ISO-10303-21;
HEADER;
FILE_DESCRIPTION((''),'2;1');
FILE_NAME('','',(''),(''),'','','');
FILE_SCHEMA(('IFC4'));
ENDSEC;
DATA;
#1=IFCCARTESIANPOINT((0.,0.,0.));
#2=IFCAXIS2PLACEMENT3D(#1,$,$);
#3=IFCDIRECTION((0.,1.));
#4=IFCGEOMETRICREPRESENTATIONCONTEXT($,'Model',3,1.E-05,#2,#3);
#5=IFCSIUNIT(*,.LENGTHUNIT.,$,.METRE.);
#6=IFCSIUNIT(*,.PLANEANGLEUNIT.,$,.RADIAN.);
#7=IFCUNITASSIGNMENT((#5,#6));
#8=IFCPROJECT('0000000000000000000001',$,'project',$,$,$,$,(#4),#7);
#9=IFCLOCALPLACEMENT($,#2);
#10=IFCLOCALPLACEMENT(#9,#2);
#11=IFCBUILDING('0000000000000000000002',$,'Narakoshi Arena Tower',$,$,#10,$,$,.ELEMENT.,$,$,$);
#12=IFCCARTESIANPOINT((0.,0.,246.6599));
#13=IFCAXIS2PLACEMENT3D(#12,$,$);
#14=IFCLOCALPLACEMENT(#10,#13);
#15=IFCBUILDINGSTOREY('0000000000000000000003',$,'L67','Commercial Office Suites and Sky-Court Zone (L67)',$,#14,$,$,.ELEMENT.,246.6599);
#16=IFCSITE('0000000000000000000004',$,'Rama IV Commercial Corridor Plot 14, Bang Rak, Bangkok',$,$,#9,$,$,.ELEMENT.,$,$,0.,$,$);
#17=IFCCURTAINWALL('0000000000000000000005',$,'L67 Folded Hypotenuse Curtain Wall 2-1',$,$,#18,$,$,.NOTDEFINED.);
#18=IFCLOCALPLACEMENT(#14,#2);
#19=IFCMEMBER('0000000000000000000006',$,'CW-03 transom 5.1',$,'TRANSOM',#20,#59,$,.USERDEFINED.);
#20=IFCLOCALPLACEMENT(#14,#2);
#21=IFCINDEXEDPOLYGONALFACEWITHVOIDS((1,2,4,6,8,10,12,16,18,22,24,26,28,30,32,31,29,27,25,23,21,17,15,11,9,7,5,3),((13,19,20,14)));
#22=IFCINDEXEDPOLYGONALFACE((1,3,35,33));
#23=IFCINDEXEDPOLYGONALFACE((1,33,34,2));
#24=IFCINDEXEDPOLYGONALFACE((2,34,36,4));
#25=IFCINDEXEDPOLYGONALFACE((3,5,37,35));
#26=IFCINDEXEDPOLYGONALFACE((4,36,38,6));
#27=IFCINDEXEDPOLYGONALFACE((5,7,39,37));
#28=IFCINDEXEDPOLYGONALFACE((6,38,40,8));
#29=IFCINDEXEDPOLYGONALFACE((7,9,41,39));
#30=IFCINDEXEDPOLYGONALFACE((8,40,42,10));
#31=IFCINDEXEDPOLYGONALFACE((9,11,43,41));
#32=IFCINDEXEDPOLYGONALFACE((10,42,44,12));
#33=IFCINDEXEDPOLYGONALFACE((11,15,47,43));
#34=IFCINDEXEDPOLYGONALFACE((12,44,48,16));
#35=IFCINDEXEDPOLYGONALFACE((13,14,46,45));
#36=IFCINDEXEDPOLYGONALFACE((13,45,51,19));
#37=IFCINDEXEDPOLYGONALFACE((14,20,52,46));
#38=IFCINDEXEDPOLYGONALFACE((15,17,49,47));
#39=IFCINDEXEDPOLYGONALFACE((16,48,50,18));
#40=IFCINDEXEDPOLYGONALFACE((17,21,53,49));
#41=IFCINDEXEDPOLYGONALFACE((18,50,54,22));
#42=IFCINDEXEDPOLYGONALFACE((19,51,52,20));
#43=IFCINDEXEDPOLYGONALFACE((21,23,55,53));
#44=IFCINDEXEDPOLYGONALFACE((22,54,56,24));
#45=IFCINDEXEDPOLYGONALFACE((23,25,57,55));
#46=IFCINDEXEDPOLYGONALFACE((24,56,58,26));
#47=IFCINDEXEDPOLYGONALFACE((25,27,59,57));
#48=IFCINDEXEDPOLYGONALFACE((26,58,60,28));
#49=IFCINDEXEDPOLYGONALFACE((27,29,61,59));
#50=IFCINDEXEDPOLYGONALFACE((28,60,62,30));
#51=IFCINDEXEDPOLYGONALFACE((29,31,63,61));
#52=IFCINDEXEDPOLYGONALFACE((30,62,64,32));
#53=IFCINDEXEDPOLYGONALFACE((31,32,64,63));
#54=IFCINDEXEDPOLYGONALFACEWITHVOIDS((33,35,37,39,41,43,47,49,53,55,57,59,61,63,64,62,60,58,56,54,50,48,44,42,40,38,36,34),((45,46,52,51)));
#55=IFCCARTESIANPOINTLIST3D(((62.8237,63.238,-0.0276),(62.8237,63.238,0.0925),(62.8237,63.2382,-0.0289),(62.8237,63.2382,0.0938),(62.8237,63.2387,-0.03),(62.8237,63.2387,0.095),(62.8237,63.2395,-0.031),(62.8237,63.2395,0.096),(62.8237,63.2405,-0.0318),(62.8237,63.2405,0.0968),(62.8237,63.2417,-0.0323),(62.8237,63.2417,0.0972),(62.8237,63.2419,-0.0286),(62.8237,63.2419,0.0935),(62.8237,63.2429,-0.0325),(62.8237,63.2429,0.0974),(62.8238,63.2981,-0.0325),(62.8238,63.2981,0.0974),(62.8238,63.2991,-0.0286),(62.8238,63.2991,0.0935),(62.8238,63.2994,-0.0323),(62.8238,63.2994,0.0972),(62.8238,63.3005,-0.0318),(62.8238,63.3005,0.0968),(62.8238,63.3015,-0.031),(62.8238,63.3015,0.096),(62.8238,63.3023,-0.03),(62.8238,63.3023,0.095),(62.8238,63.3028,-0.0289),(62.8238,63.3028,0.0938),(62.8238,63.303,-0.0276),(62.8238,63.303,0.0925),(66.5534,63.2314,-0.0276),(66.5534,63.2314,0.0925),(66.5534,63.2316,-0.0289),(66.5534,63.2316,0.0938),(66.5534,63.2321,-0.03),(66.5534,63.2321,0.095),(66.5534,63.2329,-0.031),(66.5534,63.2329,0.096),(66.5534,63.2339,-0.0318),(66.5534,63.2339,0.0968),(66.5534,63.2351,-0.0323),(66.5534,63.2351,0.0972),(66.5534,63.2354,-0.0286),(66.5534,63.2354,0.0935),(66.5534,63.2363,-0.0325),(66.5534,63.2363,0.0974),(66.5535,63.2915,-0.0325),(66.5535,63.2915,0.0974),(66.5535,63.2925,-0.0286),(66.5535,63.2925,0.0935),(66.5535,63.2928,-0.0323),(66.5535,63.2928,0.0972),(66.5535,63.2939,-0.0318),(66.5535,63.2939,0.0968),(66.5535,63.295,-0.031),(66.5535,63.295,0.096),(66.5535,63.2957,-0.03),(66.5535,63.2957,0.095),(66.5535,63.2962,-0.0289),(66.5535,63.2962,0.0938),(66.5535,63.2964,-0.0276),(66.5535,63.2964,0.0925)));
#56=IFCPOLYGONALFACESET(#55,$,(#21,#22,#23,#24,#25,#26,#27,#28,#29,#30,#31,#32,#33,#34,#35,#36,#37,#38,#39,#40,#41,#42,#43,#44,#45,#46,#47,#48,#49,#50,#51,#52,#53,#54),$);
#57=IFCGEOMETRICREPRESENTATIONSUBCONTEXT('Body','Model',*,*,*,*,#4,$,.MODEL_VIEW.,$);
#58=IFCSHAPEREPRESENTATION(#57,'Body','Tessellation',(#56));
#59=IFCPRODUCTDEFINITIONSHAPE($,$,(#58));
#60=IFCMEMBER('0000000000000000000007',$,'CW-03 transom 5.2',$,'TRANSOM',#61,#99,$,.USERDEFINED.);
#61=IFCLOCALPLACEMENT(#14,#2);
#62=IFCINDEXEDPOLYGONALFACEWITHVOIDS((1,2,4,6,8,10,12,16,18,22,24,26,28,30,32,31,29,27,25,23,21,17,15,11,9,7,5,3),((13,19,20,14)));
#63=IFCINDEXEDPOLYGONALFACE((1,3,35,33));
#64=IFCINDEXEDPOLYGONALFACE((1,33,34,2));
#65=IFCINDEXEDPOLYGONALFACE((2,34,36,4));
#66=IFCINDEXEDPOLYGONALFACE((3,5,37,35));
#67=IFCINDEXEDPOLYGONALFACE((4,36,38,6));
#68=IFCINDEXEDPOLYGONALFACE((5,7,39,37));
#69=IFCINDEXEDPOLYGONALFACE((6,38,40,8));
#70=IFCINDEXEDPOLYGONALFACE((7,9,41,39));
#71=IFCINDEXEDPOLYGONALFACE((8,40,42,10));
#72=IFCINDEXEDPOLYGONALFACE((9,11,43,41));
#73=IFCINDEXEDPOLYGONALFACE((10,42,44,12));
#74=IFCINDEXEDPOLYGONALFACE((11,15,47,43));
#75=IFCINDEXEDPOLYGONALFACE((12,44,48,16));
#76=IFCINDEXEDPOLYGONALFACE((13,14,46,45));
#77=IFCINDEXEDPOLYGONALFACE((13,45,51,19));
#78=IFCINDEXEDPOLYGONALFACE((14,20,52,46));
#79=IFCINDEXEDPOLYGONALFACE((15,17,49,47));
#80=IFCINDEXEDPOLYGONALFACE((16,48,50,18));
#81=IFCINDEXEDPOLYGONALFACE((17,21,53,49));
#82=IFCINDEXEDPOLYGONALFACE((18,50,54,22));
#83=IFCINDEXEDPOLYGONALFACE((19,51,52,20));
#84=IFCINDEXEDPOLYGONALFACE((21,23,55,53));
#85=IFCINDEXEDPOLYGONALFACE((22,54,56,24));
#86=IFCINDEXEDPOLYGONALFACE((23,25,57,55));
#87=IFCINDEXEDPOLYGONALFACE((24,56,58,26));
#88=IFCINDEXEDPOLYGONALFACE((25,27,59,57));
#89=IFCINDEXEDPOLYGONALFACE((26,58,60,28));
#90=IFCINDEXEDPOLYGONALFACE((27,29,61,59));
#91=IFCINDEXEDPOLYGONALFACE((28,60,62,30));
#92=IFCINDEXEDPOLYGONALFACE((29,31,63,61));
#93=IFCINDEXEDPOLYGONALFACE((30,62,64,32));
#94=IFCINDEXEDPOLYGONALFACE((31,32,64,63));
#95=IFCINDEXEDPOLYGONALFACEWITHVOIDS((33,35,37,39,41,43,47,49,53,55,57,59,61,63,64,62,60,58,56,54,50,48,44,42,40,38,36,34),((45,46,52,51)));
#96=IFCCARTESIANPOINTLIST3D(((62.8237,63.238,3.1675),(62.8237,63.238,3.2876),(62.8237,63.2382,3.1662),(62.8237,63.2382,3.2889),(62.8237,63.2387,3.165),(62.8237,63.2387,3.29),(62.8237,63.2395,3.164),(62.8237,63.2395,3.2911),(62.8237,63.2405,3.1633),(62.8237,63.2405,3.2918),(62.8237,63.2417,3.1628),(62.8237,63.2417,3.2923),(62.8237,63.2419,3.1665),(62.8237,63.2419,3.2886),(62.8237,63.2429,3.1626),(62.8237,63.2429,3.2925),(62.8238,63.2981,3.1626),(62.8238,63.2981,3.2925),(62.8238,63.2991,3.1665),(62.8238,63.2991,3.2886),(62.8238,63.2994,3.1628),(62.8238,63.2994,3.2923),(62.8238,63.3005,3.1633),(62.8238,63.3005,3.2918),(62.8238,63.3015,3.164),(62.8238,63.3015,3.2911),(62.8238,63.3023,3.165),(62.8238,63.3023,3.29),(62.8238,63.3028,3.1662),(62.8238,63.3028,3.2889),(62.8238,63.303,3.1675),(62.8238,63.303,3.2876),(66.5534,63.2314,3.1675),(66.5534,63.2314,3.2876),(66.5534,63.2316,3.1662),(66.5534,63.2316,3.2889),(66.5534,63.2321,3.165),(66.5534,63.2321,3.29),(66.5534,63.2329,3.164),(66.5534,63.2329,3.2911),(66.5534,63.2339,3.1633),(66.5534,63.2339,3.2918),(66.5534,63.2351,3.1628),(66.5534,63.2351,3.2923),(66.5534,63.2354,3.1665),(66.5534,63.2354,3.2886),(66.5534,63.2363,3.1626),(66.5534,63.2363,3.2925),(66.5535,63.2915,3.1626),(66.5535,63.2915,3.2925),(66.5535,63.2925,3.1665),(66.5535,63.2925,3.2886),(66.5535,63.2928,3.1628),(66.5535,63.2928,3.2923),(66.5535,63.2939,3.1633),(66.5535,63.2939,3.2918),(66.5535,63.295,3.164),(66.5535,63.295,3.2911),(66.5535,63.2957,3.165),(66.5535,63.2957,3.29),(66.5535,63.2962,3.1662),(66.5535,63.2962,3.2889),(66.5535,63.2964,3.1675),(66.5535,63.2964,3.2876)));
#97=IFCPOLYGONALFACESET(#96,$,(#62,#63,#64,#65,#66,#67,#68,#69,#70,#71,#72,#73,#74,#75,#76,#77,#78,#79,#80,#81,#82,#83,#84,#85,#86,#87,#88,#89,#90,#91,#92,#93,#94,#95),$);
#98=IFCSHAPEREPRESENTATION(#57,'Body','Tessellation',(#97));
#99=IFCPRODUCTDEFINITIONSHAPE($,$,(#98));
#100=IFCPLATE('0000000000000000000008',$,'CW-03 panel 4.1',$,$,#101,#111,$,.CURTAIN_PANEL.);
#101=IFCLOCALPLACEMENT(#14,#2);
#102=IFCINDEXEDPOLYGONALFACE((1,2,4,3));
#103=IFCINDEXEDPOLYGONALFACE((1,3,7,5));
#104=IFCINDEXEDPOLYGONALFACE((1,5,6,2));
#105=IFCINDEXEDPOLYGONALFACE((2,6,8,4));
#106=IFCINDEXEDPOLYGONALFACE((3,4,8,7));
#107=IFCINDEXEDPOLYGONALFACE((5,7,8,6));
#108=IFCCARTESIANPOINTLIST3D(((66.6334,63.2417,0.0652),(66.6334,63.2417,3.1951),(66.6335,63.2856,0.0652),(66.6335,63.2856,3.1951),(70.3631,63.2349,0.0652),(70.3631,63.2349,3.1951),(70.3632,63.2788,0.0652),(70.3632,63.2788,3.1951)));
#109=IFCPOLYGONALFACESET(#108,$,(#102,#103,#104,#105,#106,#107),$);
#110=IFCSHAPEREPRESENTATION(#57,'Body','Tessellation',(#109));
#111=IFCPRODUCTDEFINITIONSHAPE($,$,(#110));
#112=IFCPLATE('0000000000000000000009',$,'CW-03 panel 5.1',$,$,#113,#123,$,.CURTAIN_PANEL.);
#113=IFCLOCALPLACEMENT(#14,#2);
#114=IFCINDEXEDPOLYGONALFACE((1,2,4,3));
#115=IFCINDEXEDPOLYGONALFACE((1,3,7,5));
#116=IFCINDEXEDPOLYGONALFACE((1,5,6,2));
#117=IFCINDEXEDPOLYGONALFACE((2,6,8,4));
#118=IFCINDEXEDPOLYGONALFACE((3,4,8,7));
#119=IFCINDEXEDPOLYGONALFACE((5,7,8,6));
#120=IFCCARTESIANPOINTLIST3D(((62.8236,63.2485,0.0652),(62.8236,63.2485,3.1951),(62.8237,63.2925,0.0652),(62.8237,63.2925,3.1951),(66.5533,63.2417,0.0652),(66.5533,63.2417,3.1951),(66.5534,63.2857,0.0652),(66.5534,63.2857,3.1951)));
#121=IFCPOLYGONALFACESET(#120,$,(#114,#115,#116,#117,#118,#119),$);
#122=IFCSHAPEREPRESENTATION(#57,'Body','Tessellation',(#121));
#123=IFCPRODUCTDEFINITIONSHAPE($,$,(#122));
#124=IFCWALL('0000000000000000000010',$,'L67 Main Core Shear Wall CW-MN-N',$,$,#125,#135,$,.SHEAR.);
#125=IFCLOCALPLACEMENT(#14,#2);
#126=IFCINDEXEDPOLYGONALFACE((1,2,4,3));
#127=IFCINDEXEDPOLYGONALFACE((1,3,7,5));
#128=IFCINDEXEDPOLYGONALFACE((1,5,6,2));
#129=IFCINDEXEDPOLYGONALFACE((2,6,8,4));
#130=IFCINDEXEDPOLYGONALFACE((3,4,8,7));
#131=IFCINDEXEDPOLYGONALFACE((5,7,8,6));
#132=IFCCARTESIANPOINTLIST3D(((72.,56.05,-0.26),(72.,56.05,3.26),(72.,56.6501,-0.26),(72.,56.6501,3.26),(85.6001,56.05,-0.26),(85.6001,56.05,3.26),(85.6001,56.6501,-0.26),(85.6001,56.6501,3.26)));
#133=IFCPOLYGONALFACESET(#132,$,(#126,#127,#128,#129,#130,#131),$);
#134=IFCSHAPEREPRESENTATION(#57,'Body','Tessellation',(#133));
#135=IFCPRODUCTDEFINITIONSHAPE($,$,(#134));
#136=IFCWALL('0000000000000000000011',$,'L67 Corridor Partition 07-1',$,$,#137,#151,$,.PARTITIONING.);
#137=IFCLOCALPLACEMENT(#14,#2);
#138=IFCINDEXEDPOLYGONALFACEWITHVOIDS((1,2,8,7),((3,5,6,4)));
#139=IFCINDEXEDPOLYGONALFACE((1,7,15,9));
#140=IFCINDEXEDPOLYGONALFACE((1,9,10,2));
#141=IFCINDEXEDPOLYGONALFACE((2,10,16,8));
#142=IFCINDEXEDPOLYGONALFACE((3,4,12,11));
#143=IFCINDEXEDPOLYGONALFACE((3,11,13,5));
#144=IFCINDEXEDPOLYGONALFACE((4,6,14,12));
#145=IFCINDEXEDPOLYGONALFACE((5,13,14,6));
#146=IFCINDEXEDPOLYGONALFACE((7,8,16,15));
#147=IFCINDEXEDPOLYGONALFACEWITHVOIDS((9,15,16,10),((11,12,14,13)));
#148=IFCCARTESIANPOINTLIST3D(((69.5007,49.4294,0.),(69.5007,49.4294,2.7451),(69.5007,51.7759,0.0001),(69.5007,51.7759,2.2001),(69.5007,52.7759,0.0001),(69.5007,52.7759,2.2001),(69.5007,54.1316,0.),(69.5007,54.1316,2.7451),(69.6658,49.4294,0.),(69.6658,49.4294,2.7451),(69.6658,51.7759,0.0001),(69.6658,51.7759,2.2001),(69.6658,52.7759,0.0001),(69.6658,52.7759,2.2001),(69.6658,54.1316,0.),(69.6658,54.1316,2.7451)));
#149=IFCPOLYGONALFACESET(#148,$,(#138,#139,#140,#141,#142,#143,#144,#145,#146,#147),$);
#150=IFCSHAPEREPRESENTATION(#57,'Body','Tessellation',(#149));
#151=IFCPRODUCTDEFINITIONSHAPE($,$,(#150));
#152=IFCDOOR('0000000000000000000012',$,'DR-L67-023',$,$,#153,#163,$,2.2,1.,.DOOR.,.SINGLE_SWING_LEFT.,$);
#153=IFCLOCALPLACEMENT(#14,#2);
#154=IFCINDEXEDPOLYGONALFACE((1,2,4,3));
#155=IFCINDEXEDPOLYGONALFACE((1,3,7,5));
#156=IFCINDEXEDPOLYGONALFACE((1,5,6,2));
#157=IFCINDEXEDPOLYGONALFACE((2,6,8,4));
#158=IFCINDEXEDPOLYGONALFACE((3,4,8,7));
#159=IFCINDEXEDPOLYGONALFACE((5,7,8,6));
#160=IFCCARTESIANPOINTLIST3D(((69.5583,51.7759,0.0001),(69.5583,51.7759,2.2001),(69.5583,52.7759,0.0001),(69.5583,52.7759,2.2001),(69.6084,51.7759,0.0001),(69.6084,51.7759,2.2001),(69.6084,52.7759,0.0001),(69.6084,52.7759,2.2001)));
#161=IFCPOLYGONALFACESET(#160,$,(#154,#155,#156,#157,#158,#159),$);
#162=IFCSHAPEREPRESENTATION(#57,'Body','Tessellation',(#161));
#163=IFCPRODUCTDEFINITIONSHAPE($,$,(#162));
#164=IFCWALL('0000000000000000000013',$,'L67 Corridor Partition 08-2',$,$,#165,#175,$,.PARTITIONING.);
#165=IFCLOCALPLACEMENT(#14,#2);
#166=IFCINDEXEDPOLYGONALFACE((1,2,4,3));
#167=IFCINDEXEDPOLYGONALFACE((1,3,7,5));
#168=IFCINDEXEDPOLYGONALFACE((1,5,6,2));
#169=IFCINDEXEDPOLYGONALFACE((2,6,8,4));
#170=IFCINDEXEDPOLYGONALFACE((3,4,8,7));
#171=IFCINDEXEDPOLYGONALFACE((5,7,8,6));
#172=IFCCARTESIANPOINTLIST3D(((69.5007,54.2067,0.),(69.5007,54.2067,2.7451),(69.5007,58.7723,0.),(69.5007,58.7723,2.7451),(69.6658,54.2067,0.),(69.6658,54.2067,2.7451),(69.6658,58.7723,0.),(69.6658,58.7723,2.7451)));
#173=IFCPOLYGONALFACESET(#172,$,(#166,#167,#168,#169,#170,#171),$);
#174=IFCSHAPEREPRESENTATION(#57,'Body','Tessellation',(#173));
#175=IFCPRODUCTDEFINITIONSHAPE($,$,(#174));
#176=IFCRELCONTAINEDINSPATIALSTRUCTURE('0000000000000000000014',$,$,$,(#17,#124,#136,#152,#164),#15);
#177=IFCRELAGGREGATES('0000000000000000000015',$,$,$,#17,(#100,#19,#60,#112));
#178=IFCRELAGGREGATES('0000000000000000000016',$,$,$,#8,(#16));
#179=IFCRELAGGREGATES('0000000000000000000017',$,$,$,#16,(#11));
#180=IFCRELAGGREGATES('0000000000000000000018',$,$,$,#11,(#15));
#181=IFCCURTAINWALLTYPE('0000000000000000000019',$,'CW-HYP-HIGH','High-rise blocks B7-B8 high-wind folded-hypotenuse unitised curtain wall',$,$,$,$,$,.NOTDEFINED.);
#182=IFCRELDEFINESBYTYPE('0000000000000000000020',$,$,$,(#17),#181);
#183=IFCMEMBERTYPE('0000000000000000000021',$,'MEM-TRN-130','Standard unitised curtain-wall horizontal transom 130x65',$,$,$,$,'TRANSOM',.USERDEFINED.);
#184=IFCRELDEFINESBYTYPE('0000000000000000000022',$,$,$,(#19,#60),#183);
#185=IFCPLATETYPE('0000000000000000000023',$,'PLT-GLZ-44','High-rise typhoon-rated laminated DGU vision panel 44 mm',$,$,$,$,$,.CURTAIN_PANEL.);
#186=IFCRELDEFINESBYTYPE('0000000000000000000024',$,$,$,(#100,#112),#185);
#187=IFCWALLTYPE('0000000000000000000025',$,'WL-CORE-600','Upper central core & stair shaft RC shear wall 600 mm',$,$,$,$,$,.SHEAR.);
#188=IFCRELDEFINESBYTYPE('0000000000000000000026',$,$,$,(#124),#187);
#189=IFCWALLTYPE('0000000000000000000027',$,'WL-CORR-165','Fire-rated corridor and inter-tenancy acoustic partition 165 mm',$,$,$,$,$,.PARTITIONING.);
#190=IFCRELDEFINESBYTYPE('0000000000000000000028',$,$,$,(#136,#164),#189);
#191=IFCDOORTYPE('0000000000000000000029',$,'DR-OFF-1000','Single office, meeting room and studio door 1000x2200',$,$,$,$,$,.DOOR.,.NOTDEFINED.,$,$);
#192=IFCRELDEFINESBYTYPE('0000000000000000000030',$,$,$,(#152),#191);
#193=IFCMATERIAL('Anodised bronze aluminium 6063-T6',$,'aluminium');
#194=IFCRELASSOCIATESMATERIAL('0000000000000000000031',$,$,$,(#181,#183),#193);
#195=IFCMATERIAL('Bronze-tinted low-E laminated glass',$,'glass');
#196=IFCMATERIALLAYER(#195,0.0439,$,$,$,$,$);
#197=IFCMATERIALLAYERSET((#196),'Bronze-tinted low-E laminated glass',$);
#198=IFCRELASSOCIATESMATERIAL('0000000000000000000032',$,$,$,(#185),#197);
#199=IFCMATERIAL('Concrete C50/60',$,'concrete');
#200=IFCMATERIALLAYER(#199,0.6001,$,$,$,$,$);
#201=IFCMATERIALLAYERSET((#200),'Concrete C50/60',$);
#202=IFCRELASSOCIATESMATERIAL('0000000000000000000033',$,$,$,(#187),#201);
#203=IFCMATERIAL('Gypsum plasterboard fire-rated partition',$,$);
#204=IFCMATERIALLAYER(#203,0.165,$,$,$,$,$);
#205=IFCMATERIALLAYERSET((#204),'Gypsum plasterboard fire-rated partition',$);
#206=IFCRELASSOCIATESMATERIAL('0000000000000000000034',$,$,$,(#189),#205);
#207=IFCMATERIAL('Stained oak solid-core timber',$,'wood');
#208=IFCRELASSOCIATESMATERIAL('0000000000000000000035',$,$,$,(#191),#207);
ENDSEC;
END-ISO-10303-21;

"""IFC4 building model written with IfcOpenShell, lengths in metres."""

from ifc_helpers import new_model, si_unit, direction, frame, frame_2d, origin, origin_2d, place, context, subcontext, project, spatial, rectangle, hollow_rectangle, extrude, material, layer, layer_set, material_profile, profile_set, type_object, element, fill, aggregate, save


model = new_model("IFC4")

# Units and contexts
model_context = context("Model", 3, precision=1e-05, world=origin(), true_north=direction((0.0, 1.0)))
body_context = subcontext(model_context, "Body", "Model", "MODEL_VIEW")
ifc_project = project(units=[si_unit("LENGTHUNIT", "METRE"), si_unit("PLANEANGLEUNIT", "RADIAN")], contexts=[model_context])

# Site, building, storey
site_placement = place(None, origin())
site = spatial("IfcSite", under=ifc_project, at=site_placement, Name="Rama IV Commercial Corridor Plot 14, Bang Rak, Bangkok", CompositionType="ELEMENT", RefElevation=0.0)
building_placement = place(site_placement, origin())
building = spatial("IfcBuilding", under=site, at=building_placement, Name="Narakoshi Arena Tower", CompositionType="ELEMENT")
storey_placement = place(building_placement, frame((0.0, 0.0, 246.6599)))
storey = spatial("IfcBuildingStorey", under=building, at=storey_placement, Name="L67", Description="Commercial Office Suites and Sky-Court Zone (L67)", CompositionType="ELEMENT", Elevation=246.6599)

# Shared definitions
ifc_material_1 = material(Name="Concrete C50/60", Category="concrete")

# Curtain wall, members, plates
ifc_material_2 = material(Name="Anodised bronze aluminium 6063-T6", Category="aluminium")
curtain_wall_type = type_object("IfcCurtainWallType", Name="CW-HYP-HIGH", Description="High-rise blocks B7-B8 high-wind folded-hypotenuse unitised curtain wall", PredefinedType="NOTDEFINED", material=ifc_material_2)
curtain_wall_placement = place(storey_placement, origin())
curtain_wall = element("IfcCurtainWall", 1, at=curtain_wall_placement, inside=storey, type_object=curtain_wall_type, Name="L67 Folded Hypotenuse Curtain Wall 2-1", PredefinedType="NOTDEFINED")
ifc_material_profile_1 = material_profile(ifc_material_2, hollow_rectangle(XDim=0.0649, YDim=0.1299, WallThickness=0.0039, OuterFilletRadius=0.0049, at=origin_2d()), Name="TRN130x65x4")
ifc_profile_set_1 = profile_set([ifc_material_profile_1], Name="Anodised bronze aluminium 6063-T6")
member_type_1 = type_object("IfcMemberType", Name="MEM-TRN-130", Description="Standard unitised curtain-wall horizontal transom 130x65", ElementType="TRANSOM", PredefinedType="USERDEFINED", material=ifc_profile_set_1)
member_1_placement = place(storey_placement, frame((66.5535, 63.2639, 0.0325), z_axis=(-0.999998, 0.001767, 0.0), x_axis=(-0.001767, -0.999998, 0.0)))
member_1 = element("IfcMember", 2, at=member_1_placement, type_object=member_type_1, Name="CW-03 transom 5.1", ObjectType="TRANSOM", PredefinedType="USERDEFINED", context=body_context, shape_type="SweptSolid", body=[
    extrude(hollow_rectangle(XDim=0.0649, YDim=0.1299, WallThickness=0.0039, OuterFilletRadius=0.0049, at=origin_2d()), origin(), (0.0, 0.0, 1.0), 3.7297),
])
member_2_placement = place(storey_placement, frame((66.5535, 63.2639, 3.2275), z_axis=(-0.999998, 0.001767, 0.0), x_axis=(-0.001767, -0.999998, 0.0)))
member_2 = element("IfcMember", 3, at=member_2_placement, type_object=member_type_1, Name="CW-03 transom 5.2", ObjectType="TRANSOM", PredefinedType="USERDEFINED", context=body_context, shape_type="SweptSolid", body=[
    extrude(hollow_rectangle(XDim=0.0649, YDim=0.1299, WallThickness=0.0039, OuterFilletRadius=0.0049, at=origin_2d()), origin(), (0.0, 0.0, 1.0), 3.7297),
])
ifc_material_3 = material(Name="Bronze-tinted low-E laminated glass", Category="glass")
ifc_layer_1 = layer(ifc_material_3, 0.0439)
ifc_layer_set_1 = layer_set([ifc_layer_1], Name="Bronze-tinted low-E laminated glass")
plate_type = type_object("IfcPlateType", Name="PLT-GLZ-44", Description="High-rise typhoon-rated laminated DGU vision panel 44 mm", PredefinedType="CURTAIN_PANEL", material=ifc_layer_set_1)
plate_1_placement = place(storey_placement, frame((68.4983, 63.2603, 0.0652), z_axis=(0.0, 0.0, 1.0), x_axis=(-0.999998, 0.00182, 0.0)))
plate_1 = element("IfcPlate", 4, at=plate_1_placement, type_object=plate_type, Name="CW-03 panel 4.1", PredefinedType="CURTAIN_PANEL", context=body_context, shape_type="SweptSolid", body=[
    extrude(rectangle(XDim=3.7297, YDim=0.0439, at=origin_2d()), origin(), (0.0, 0.0, 1.0), 3.1299),
])
plate_2_placement = place(storey_placement, frame((64.6885, 63.2671, 0.0652), z_axis=(0.0, 0.0, 1.0), x_axis=(-0.999998, 0.00182, 0.0)))
plate_2 = element("IfcPlate", 5, at=plate_2_placement, type_object=plate_type, Name="CW-03 panel 5.1", PredefinedType="CURTAIN_PANEL", context=body_context, shape_type="SweptSolid", body=[
    extrude(rectangle(XDim=3.7297, YDim=0.0439, at=origin_2d()), origin(), (0.0, 0.0, 1.0), 3.1299),
])
aggregate(curtain_wall, [plate_1, member_1, member_2, plate_2])

# Wall
ifc_layer_2 = layer(ifc_material_1, 0.6001)
ifc_layer_set_2 = layer_set([ifc_layer_2], Name="Concrete C50/60")
wall_type_1 = type_object("IfcWallType", Name="WL-CORE-600", Description="Upper central core & stair shaft RC shear wall 600 mm", PredefinedType="SHEAR", material=ifc_layer_set_2)
wall_1_placement = place(storey_placement, frame((72.0, 56.3501, -0.26), z_axis=(0.0, 0.0, 1.0), x_axis=(1.0, 0.0, 0.0)))
element("IfcWall", 6, at=wall_1_placement, inside=storey, type_object=wall_type_1, Name="L67 Main Core Shear Wall CW-MN-N", PredefinedType="SHEAR", context=body_context, shape_type="SweptSolid", body=[
    extrude(rectangle(XDim=13.6001, YDim=0.6001, at=frame_2d((6.8, 0.0))), origin(), (0.0, 0.0, 1.0), 3.52),
])

# Wall, opening, door
ifc_material_4 = material(Name="Gypsum plasterboard fire-rated partition")
ifc_layer_3 = layer(ifc_material_4, 0.165)
ifc_layer_set_3 = layer_set([ifc_layer_3], Name="Gypsum plasterboard fire-rated partition")
wall_type_2 = type_object("IfcWallType", Name="WL-CORR-165", Description="Fire-rated corridor and inter-tenancy acoustic partition 165 mm", PredefinedType="PARTITIONING", material=ifc_layer_set_3)
wall_2_placement = place(storey_placement, frame((69.5833, 54.1316, 0.0), z_axis=(0.0, 0.0, 1.0), x_axis=(0.0, -1.0, 0.0)))
wall_2 = element("IfcWall", 7, at=wall_2_placement, inside=storey, type_object=wall_type_2, Name="L67 Corridor Partition 07-1", PredefinedType="PARTITIONING", context=body_context, shape_type="SweptSolid", body=[
    extrude(rectangle(XDim=4.7021, YDim=0.165, at=frame_2d((2.3511, 0.0))), origin(), (0.0, 0.0, 1.0), 2.7451),
])
opening_1_placement = place(wall_2_placement, frame((1.3557, 0.0, 0.0)))
opening_1 = element("IfcOpeningElement", 8, at=opening_1_placement, cuts=wall_2, PredefinedType="OPENING", context=body_context, shape_type="SweptSolid", body=[
    extrude(rectangle(XDim=1.0, YDim=2.2, at=frame_2d((0.5, 1.1001))), frame((0.0, 0.0925, 0.0), z_axis=(0.0, -1.0, 0.0), x_axis=(1.0, 0.0, 0.0)), (0.0, 0.0, 1.0), 0.1851),
])
ifc_material_5 = material(Name="Stained oak solid-core timber", Category="wood")
door_type_1 = type_object("IfcDoorType", Name="DR-OFF-1000", Description="Single office, meeting room and studio door 1000x2200", OperationType="NOTDEFINED", PredefinedType="DOOR", material=ifc_material_5)
door_1_placement = place(opening_1_placement, frame((1.0, 0.0, 0.0), z_axis=(0.0, 0.0, 1.0), x_axis=(-1.0, 0.0, 0.0)))
door_1 = element("IfcDoor", 9, at=door_1_placement, inside=storey, type_object=door_type_1, Name="DR-L67-023", OperationType="SINGLE_SWING_LEFT", OverallHeight=2.2, OverallWidth=1.0, PredefinedType="DOOR", context=body_context, shape_type="SweptSolid", body=[
    extrude(rectangle(XDim=1.0, YDim=2.2, at=frame_2d((0.5, 1.1001))), frame((0.0, 0.0249, 0.0), z_axis=(0.0, -1.0, 0.0), x_axis=(1.0, 0.0, 0.0)), (0.0, 0.0, 1.0), 0.05),
])
fill(opening_1, door_1)

# Wall
wall_3_placement = place(storey_placement, frame((69.5833, 58.7722, 0.0), z_axis=(0.0, 0.0, 1.0), x_axis=(0.0, -1.0, 0.0)))
element("IfcWall", 10, at=wall_3_placement, inside=storey, type_object=wall_type_2, Name="L67 Corridor Partition 08-2", PredefinedType="PARTITIONING", context=body_context, shape_type="SweptSolid", body=[
    extrude(rectangle(XDim=4.5657, YDim=0.165, at=frame_2d((2.2827, 0.0))), origin(), (0.0, 0.0, 1.0), 2.7451),
])

save(model, "model.ifc")
